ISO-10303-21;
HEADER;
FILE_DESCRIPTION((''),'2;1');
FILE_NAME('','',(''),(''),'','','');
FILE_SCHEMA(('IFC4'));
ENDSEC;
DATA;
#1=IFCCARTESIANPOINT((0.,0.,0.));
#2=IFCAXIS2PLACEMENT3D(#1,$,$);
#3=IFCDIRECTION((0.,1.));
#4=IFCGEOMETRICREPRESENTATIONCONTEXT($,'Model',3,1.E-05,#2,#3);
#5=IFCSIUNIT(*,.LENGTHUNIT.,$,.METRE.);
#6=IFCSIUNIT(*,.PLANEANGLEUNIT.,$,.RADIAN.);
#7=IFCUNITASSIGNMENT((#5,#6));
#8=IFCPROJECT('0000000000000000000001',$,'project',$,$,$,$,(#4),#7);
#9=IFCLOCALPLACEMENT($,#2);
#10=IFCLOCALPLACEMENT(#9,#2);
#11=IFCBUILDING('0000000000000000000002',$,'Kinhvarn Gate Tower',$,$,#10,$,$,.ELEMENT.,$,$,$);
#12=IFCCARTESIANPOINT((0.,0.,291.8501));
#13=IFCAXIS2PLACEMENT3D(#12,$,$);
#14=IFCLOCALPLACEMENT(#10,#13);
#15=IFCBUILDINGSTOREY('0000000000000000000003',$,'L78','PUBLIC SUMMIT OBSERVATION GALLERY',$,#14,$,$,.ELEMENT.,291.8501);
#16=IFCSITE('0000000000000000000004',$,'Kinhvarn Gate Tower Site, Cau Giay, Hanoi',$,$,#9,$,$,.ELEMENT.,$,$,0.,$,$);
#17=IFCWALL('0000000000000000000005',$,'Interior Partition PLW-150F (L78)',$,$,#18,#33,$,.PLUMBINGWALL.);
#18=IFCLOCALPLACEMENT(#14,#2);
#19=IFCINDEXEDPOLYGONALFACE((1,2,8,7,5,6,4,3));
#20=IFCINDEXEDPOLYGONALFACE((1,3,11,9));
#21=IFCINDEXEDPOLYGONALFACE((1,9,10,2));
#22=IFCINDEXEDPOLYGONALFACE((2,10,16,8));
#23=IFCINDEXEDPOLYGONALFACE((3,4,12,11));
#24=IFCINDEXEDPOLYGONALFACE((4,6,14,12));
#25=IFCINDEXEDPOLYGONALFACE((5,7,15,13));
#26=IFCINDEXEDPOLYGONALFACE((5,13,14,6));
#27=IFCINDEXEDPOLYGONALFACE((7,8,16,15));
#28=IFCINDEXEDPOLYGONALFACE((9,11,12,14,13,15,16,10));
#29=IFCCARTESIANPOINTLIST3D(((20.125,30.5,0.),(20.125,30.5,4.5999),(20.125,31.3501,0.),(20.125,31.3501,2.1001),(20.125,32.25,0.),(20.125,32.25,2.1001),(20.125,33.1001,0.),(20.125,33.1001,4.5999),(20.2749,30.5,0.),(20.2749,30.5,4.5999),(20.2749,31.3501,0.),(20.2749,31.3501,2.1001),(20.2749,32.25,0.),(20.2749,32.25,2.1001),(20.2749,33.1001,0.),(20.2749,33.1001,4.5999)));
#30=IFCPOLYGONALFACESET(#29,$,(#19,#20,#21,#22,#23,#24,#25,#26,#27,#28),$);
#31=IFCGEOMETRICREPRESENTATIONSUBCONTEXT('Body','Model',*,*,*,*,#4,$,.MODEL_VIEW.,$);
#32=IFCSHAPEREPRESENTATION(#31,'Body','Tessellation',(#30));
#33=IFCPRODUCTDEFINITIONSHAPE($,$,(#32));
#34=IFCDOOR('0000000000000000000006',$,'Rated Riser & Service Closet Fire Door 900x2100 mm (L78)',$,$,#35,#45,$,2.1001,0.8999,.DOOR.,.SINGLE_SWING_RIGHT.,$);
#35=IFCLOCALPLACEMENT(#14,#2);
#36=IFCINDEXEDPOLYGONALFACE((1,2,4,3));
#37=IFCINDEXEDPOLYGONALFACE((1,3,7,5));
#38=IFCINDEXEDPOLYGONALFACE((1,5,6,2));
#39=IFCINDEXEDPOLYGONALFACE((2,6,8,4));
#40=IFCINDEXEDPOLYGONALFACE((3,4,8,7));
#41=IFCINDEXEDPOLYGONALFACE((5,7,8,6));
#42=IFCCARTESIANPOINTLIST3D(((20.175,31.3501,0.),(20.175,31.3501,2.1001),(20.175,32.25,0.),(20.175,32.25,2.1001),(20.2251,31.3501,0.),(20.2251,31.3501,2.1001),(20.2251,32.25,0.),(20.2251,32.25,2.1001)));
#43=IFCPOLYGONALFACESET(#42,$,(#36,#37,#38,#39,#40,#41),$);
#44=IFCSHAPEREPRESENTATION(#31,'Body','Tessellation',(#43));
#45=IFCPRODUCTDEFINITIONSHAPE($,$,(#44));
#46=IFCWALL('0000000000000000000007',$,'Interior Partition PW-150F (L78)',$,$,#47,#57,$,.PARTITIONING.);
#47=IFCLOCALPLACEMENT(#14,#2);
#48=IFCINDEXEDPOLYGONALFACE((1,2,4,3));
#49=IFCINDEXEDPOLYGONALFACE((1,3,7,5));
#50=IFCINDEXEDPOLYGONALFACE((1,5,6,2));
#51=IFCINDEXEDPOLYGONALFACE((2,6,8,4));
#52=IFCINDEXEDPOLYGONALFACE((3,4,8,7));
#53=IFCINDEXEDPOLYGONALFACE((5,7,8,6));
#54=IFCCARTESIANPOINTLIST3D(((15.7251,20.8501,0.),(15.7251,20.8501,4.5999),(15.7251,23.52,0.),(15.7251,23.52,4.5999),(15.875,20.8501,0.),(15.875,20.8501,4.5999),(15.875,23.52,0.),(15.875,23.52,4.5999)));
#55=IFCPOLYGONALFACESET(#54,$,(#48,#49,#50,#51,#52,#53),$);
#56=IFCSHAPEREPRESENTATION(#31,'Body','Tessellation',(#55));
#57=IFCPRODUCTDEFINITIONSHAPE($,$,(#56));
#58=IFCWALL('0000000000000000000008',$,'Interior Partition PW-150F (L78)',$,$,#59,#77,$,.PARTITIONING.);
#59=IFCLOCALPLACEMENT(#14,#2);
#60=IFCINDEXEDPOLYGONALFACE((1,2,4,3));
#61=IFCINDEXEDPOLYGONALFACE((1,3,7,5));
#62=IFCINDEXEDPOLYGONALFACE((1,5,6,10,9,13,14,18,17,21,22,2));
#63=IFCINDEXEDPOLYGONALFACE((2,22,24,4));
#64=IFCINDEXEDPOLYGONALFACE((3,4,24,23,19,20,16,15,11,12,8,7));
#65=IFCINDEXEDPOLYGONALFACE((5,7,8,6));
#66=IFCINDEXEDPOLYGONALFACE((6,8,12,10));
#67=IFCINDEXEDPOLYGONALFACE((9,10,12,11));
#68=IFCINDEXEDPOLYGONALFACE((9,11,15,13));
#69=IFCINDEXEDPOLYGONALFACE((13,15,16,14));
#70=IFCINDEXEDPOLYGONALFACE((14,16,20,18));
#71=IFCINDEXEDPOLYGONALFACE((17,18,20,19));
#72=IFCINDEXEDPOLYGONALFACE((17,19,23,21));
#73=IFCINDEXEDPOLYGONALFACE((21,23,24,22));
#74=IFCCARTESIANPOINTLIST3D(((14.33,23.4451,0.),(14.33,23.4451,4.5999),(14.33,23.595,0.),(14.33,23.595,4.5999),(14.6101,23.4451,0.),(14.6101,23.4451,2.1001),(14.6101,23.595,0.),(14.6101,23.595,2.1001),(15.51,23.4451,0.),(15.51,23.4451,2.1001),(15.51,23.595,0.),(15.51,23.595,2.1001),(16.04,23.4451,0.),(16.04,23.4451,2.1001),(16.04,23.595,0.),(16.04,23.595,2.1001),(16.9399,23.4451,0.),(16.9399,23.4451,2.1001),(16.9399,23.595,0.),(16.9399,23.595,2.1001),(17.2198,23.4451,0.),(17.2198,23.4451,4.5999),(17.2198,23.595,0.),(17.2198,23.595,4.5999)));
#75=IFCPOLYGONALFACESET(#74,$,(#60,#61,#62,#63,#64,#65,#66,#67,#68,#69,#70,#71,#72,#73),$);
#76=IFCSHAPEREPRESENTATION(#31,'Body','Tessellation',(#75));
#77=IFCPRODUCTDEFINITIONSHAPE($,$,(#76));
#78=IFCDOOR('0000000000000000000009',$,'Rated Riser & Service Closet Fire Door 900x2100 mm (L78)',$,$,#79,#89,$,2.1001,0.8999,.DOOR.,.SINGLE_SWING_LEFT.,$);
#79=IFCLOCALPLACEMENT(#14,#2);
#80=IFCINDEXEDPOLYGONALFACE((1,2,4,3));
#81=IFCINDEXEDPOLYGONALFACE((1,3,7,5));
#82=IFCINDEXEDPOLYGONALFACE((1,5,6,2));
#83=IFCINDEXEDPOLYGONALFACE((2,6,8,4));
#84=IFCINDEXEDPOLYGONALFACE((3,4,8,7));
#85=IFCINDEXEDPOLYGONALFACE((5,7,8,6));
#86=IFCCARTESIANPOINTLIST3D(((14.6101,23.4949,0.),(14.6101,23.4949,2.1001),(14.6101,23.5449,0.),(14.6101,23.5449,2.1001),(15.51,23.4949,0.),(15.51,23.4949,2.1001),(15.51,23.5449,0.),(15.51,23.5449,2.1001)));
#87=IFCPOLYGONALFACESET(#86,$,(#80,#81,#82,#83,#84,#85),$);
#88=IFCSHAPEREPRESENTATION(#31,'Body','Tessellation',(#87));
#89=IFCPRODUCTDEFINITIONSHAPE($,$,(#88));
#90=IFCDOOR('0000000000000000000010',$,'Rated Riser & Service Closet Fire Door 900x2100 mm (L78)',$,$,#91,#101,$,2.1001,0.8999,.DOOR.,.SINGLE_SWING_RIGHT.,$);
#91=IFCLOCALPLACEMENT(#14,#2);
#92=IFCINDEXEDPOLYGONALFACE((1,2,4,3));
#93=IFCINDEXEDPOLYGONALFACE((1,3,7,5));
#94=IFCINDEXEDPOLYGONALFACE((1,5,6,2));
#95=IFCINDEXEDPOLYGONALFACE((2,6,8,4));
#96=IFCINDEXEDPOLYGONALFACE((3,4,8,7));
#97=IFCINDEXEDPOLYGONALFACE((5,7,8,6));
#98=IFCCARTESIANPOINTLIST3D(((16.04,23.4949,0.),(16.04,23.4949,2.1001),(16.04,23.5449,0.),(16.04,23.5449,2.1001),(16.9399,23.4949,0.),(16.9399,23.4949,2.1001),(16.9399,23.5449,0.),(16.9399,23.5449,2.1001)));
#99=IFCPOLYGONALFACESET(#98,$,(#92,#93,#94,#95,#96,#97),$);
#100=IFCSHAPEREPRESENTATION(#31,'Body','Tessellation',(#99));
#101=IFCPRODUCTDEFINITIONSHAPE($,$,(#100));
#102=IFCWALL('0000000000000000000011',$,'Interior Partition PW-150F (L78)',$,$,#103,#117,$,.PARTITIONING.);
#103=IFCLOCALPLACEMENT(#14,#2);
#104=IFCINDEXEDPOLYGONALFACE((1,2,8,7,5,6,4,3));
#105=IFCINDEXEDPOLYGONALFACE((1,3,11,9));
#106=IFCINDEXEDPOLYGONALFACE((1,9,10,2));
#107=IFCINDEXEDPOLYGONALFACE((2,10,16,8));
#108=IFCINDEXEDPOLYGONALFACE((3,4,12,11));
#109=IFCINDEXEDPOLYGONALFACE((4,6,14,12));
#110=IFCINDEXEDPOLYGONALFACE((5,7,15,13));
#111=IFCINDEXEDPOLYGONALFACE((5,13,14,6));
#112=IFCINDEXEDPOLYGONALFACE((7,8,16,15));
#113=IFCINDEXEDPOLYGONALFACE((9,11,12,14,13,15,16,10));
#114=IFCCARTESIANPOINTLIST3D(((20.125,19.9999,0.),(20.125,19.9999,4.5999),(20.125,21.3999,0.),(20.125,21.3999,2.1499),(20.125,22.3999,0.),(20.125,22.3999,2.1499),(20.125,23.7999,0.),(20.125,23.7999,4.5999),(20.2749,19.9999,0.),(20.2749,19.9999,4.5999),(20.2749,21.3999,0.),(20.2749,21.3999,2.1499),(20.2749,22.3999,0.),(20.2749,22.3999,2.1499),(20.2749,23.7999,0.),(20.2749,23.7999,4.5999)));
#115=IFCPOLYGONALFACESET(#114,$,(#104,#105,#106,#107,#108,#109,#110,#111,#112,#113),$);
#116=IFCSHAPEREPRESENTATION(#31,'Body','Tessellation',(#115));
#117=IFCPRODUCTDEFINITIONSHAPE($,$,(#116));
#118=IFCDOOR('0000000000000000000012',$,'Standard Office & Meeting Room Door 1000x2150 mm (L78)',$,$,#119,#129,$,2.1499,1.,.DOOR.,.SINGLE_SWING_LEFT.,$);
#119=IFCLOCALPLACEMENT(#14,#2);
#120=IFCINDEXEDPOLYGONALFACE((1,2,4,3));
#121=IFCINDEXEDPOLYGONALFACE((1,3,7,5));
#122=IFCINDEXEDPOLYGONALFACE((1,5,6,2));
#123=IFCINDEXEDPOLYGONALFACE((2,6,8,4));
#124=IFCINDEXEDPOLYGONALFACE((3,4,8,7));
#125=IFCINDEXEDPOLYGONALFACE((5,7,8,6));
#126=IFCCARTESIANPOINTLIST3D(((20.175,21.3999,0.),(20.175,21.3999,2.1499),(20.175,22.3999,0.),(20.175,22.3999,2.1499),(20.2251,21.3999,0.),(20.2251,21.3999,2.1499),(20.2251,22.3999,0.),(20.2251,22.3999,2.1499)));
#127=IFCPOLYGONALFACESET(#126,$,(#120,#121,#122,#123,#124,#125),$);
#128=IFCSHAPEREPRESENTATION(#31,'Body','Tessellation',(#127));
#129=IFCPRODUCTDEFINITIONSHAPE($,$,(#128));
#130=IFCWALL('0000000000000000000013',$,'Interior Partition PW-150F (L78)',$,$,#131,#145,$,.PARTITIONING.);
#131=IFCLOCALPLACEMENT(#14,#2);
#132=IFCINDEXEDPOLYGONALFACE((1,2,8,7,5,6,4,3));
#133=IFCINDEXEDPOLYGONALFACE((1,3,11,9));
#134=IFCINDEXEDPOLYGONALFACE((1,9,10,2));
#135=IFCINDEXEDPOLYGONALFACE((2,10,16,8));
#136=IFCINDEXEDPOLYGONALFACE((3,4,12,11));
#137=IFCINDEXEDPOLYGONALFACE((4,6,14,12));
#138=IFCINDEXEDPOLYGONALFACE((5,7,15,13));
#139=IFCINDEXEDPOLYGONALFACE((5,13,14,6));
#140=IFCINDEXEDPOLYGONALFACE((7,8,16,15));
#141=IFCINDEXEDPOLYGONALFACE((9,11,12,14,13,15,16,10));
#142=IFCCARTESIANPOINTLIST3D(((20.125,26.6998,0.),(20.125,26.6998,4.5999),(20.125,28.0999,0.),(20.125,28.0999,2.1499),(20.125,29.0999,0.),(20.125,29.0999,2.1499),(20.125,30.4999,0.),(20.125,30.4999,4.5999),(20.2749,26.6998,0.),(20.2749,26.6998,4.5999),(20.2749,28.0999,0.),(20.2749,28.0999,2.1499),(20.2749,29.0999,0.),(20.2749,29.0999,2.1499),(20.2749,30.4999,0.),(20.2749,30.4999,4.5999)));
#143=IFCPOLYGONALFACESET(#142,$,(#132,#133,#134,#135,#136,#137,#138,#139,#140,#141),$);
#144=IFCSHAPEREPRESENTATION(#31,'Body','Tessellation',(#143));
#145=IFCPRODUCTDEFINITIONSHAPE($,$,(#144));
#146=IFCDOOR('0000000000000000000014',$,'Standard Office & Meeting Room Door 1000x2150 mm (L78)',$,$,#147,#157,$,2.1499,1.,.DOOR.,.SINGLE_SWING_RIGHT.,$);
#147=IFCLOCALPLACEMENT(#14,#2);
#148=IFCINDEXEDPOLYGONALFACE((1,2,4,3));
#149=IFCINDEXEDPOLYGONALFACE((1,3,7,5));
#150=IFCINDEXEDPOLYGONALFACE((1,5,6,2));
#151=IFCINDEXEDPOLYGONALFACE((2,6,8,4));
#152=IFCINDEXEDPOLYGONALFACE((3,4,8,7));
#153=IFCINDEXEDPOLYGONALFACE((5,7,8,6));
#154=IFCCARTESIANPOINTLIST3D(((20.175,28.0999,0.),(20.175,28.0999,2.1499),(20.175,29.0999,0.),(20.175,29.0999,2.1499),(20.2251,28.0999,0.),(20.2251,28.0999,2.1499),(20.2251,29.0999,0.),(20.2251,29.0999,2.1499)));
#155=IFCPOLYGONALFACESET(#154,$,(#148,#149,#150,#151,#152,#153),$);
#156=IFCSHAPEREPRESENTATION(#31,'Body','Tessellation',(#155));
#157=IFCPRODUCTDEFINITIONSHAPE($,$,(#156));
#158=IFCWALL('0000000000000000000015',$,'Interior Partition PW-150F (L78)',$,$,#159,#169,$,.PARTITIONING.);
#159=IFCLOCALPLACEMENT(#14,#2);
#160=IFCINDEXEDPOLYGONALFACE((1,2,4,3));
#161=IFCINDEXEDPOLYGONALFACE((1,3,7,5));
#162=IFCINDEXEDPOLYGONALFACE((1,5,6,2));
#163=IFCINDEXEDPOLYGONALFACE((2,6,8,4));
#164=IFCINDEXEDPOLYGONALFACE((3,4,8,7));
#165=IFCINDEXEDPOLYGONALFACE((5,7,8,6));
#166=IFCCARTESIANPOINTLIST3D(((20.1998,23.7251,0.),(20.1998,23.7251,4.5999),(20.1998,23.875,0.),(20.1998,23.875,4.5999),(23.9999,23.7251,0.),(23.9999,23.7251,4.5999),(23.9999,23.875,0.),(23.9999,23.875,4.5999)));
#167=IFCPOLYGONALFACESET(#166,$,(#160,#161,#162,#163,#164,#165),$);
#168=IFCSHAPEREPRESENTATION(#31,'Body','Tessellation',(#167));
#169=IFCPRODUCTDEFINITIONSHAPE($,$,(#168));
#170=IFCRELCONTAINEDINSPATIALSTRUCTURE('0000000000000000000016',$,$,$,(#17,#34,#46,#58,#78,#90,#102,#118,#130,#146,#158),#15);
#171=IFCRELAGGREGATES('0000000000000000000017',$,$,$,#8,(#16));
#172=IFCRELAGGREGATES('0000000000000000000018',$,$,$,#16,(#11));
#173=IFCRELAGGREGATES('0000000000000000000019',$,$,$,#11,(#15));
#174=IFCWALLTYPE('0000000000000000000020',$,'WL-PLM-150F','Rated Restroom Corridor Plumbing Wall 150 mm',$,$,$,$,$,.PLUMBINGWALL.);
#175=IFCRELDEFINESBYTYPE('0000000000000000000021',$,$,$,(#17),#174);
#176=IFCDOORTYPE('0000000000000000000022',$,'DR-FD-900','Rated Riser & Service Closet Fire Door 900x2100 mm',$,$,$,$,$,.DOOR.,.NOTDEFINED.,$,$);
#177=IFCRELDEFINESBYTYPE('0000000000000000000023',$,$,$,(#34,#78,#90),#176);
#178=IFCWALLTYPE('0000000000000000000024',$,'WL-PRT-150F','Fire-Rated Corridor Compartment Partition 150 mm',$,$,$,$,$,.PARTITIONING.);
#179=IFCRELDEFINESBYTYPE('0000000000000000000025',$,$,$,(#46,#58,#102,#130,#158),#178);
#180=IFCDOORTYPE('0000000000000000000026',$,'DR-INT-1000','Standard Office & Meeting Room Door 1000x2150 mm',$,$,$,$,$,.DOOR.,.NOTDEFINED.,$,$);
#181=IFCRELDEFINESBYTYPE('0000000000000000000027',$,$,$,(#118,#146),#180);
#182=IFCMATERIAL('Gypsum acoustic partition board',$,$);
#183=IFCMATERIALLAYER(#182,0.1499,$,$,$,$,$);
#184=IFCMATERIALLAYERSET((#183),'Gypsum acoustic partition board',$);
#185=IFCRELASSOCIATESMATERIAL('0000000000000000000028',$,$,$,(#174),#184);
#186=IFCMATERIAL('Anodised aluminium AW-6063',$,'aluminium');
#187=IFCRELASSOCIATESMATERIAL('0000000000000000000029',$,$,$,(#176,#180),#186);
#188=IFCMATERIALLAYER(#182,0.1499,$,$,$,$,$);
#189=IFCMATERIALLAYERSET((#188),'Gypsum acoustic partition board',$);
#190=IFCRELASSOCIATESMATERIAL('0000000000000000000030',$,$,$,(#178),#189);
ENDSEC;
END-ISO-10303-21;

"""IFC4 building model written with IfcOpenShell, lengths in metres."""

from ifc_helpers import new_model, si_unit, direction, frame, frame_2d, origin, place, context, subcontext, project, spatial, rectangle, extrude, material, layer, layer_set, type_object, element, fill, save


model = new_model("IFC4")

# Units and contexts
model_context = context("Model", 3, precision=1e-05, world=origin(), true_north=direction((0.0, 1.0)))
body_context = subcontext(model_context, "Body", "Model", "MODEL_VIEW")
ifc_project = project(units=[si_unit("LENGTHUNIT", "METRE"), si_unit("PLANEANGLEUNIT", "RADIAN")], contexts=[model_context])

# Site, building, storey
site_placement = place(None, origin())
site = spatial("IfcSite", under=ifc_project, at=site_placement, Name="Kinhvarn Gate Tower Site, Cau Giay, Hanoi", CompositionType="ELEMENT", RefElevation=0.0)
building_placement = place(site_placement, origin())
building = spatial("IfcBuilding", under=site, at=building_placement, Name="Kinhvarn Gate Tower", CompositionType="ELEMENT")
storey_placement = place(building_placement, frame((0.0, 0.0, 291.8501)))
storey = spatial("IfcBuildingStorey", under=building, at=storey_placement, Name="L78", Description="PUBLIC SUMMIT OBSERVATION GALLERY", CompositionType="ELEMENT", Elevation=291.8501)

# Shared definitions
ifc_material_1 = material(Name="Anodised aluminium AW-6063", Category="aluminium")

# Shared definitions
ifc_material_2 = material(Name="Gypsum acoustic partition board")

# Wall, opening, door
ifc_layer_1 = layer(ifc_material_2, 0.1499)
ifc_layer_set_1 = layer_set([ifc_layer_1], Name="Gypsum acoustic partition board")
wall_type_1 = type_object("IfcWallType", Name="WL-PLM-150F", Description="Rated Restroom Corridor Plumbing Wall 150 mm", PredefinedType="PLUMBINGWALL", material=ifc_layer_set_1)
door_type_1 = type_object("IfcDoorType", Name="DR-FD-900", Description="Rated Riser & Service Closet Fire Door 900x2100 mm", OperationType="NOTDEFINED", PredefinedType="DOOR", material=ifc_material_1)
wall_1_placement = place(storey_placement, frame((20.2, 30.5, 0.0), z_axis=(0.0, 0.0, 1.0), x_axis=(0.0, 1.0, 0.0)))
wall_1 = element("IfcWall", 1, at=wall_1_placement, inside=storey, type_object=wall_type_1, Name="Interior Partition PLW-150F (L78)", PredefinedType="PLUMBINGWALL", context=body_context, shape_type="SweptSolid", body=[
    extrude(rectangle(XDim=2.6001, YDim=0.1499, at=frame_2d((1.3, 0.0))), origin(), (0.0, 0.0, 1.0), 4.5999),
])
opening_1_placement = place(wall_1_placement, frame((0.8501, 0.0, 0.0)))
opening_1 = element("IfcOpeningElement", 2, at=opening_1_placement, cuts=wall_1, PredefinedType="OPENING", context=body_context, shape_type="SweptSolid", body=[
    extrude(rectangle(XDim=0.8999, YDim=2.1001, at=frame_2d((0.45, 1.05))), frame((0.0, 0.085, 0.0), z_axis=(0.0, -1.0, 0.0), x_axis=(1.0, 0.0, 0.0)), (0.0, 0.0, 1.0), 0.1699),
])
door_1_placement = place(opening_1_placement, origin())
door_1 = element("IfcDoor", 3, at=door_1_placement, inside=storey, type_object=door_type_1, Name="Rated Riser & Service Closet Fire Door 900x2100 mm (L78)", OperationType="SINGLE_SWING_RIGHT", OverallHeight=2.1001, OverallWidth=0.8999, PredefinedType="DOOR", context=body_context, shape_type="SweptSolid", body=[
    extrude(rectangle(XDim=0.8999, YDim=2.1001, at=frame_2d((0.45, 1.05))), frame((0.0, 0.0249, 0.0), z_axis=(0.0, -1.0, 0.0), x_axis=(1.0, 0.0, 0.0)), (0.0, 0.0, 1.0), 0.05),
])
fill(opening_1, door_1)

# Wall
ifc_layer_2 = layer(ifc_material_2, 0.1499)
ifc_layer_set_2 = layer_set([ifc_layer_2], Name="Gypsum acoustic partition board")
wall_type_2 = type_object("IfcWallType", Name="WL-PRT-150F", Description="Fire-Rated Corridor Compartment Partition 150 mm", PredefinedType="PARTITIONING", material=ifc_layer_set_2)
wall_2_placement = place(storey_placement, frame((15.8, 20.8501, 0.0), z_axis=(0.0, 0.0, 1.0), x_axis=(0.0, 1.0, 0.0)))
element("IfcWall", 4, at=wall_2_placement, inside=storey, type_object=wall_type_2, Name="Interior Partition PW-150F (L78)", PredefinedType="PARTITIONING", context=body_context, shape_type="SweptSolid", body=[
    extrude(rectangle(XDim=2.6699, YDim=0.1499, at=frame_2d((1.335, 0.0))), origin(), (0.0, 0.0, 1.0), 4.5999),
])

# Wall, openings, doors
wall_3_placement = place(storey_placement, frame((14.3301, 23.52, 0.0), z_axis=(0.0, 0.0, 1.0), x_axis=(1.0, 0.0, 0.0)))
wall_3 = element("IfcWall", 5, at=wall_3_placement, inside=storey, type_object=wall_type_2, Name="Interior Partition PW-150F (L78)", PredefinedType="PARTITIONING", context=body_context, shape_type="SweptSolid", body=[
    extrude(rectangle(XDim=2.8899, YDim=0.1499, at=frame_2d((1.4448, 0.0))), origin(), (0.0, 0.0, 1.0), 4.5999),
])
opening_2_placement = place(wall_3_placement, frame((0.28, 0.0, 0.0)))
opening_2 = element("IfcOpeningElement", 6, at=opening_2_placement, cuts=wall_3, PredefinedType="OPENING", context=body_context, shape_type="SweptSolid", body=[
    extrude(rectangle(XDim=0.8999, YDim=2.1001, at=frame_2d((0.45, 1.05))), frame((0.0, 0.085, 0.0), z_axis=(0.0, -1.0, 0.0), x_axis=(1.0, 0.0, 0.0)), (0.0, 0.0, 1.0), 0.1699),
])
opening_3_placement = place(wall_3_placement, frame((1.71, 0.0, 0.0)))
opening_3 = element("IfcOpeningElement", 7, at=opening_3_placement, cuts=wall_3, PredefinedType="OPENING", context=body_context, shape_type="SweptSolid", body=[
    extrude(rectangle(XDim=0.8999, YDim=2.1001, at=frame_2d((0.45, 1.05))), frame((0.0, 0.085, 0.0), z_axis=(0.0, -1.0, 0.0), x_axis=(1.0, 0.0, 0.0)), (0.0, 0.0, 1.0), 0.1699),
])
door_2_placement = place(opening_2_placement, origin())
door_2 = element("IfcDoor", 8, at=door_2_placement, inside=storey, type_object=door_type_1, Name="Rated Riser & Service Closet Fire Door 900x2100 mm (L78)", OperationType="SINGLE_SWING_LEFT", OverallHeight=2.1001, OverallWidth=0.8999, PredefinedType="DOOR", context=body_context, shape_type="SweptSolid", body=[
    extrude(rectangle(XDim=0.8999, YDim=2.1001, at=frame_2d((0.45, 1.05))), frame((0.0, 0.0249, 0.0), z_axis=(0.0, -1.0, 0.0), x_axis=(1.0, 0.0, 0.0)), (0.0, 0.0, 1.0), 0.05),
])
fill(opening_2, door_2)
door_3_placement = place(opening_3_placement, origin())
door_3 = element("IfcDoor", 9, at=door_3_placement, inside=storey, type_object=door_type_1, Name="Rated Riser & Service Closet Fire Door 900x2100 mm (L78)", OperationType="SINGLE_SWING_RIGHT", OverallHeight=2.1001, OverallWidth=0.8999, PredefinedType="DOOR", context=body_context, shape_type="SweptSolid", body=[
    extrude(rectangle(XDim=0.8999, YDim=2.1001, at=frame_2d((0.45, 1.05))), frame((0.0, 0.0249, 0.0), z_axis=(0.0, -1.0, 0.0), x_axis=(1.0, 0.0, 0.0)), (0.0, 0.0, 1.0), 0.05),
])
fill(opening_3, door_3)

# Walls, openings, doors
wall_4_placement = place(storey_placement, frame((20.2, 20.0, 0.0), z_axis=(0.0, 0.0, 1.0), x_axis=(0.0, 1.0, 0.0)))
wall_4 = element("IfcWall", 10, at=wall_4_placement, inside=storey, type_object=wall_type_2, Name="Interior Partition PW-150F (L78)", PredefinedType="PARTITIONING", context=body_context, shape_type="SweptSolid", body=[
    extrude(rectangle(XDim=3.8, YDim=0.1499, at=frame_2d((1.8999, 0.0))), origin(), (0.0, 0.0, 1.0), 4.5999),
])
opening_4_placement = place(wall_4_placement, frame((1.3999, 0.0, 0.0)))
opening_4 = element("IfcOpeningElement", 11, at=opening_4_placement, cuts=wall_4, PredefinedType="OPENING", context=body_context, shape_type="SweptSolid", body=[
    extrude(rectangle(XDim=1.0, YDim=2.1499, at=frame_2d((0.5, 1.075))), frame((0.0, 0.085, 0.0), z_axis=(0.0, -1.0, 0.0), x_axis=(1.0, 0.0, 0.0)), (0.0, 0.0, 1.0), 0.1699),
])
door_type_2 = type_object("IfcDoorType", Name="DR-INT-1000", Description="Standard Office & Meeting Room Door 1000x2150 mm", OperationType="NOTDEFINED", PredefinedType="DOOR", material=ifc_material_1)
door_4_placement = place(opening_4_placement, origin())
door_4 = element("IfcDoor", 12, at=door_4_placement, inside=storey, type_object=door_type_2, Name="Standard Office & Meeting Room Door 1000x2150 mm (L78)", OperationType="SINGLE_SWING_LEFT", OverallHeight=2.1499, OverallWidth=1.0, PredefinedType="DOOR", context=body_context, shape_type="SweptSolid", body=[
    extrude(rectangle(XDim=1.0, YDim=2.1499, at=frame_2d((0.5, 1.075))), frame((0.0, 0.0249, 0.0), z_axis=(0.0, -1.0, 0.0), x_axis=(1.0, 0.0, 0.0)), (0.0, 0.0, 1.0), 0.05),
])
fill(opening_4, door_4)
wall_5_placement = place(storey_placement, frame((20.2, 26.7, 0.0), z_axis=(0.0, 0.0, 1.0), x_axis=(0.0, 1.0, 0.0)))
wall_5 = element("IfcWall", 13, at=wall_5_placement, inside=storey, type_object=wall_type_2, Name="Interior Partition PW-150F (L78)", PredefinedType="PARTITIONING", context=body_context, shape_type="SweptSolid", body=[
    extrude(rectangle(XDim=3.8, YDim=0.1499, at=frame_2d((1.8999, 0.0))), origin(), (0.0, 0.0, 1.0), 4.5999),
])
opening_5_placement = place(wall_5_placement, frame((1.3999, 0.0, 0.0)))
opening_5 = element("IfcOpeningElement", 14, at=opening_5_placement, cuts=wall_5, PredefinedType="OPENING", context=body_context, shape_type="SweptSolid", body=[
    extrude(rectangle(XDim=1.0, YDim=2.1499, at=frame_2d((0.5, 1.075))), frame((0.0, 0.085, 0.0), z_axis=(0.0, -1.0, 0.0), x_axis=(1.0, 0.0, 0.0)), (0.0, 0.0, 1.0), 0.1699),
])
door_5_placement = place(opening_5_placement, origin())
door_5 = element("IfcDoor", 15, at=door_5_placement, inside=storey, type_object=door_type_2, Name="Standard Office & Meeting Room Door 1000x2150 mm (L78)", OperationType="SINGLE_SWING_RIGHT", OverallHeight=2.1499, OverallWidth=1.0, PredefinedType="DOOR", context=body_context, shape_type="SweptSolid", body=[
    extrude(rectangle(XDim=1.0, YDim=2.1499, at=frame_2d((0.5, 1.075))), frame((0.0, 0.0249, 0.0), z_axis=(0.0, -1.0, 0.0), x_axis=(1.0, 0.0, 0.0)), (0.0, 0.0, 1.0), 0.05),
])
fill(opening_5, door_5)

# Wall
for number, where, z_axis, x_axis, name in (
    (16, (20.2, 23.8, 0.0), (0.0, 0.0, 1.0), (1.0, 0.0, 0.0), "Interior Partition PW-150F (L78)"),
):
    element("IfcWall", number, at=place(storey_placement, frame(where, z_axis=z_axis, x_axis=x_axis)), inside=storey, type_object=wall_type_2, Name=name, PredefinedType="PARTITIONING", context=body_context, shape_type="SweptSolid", body=[
        extrude(rectangle(XDim=3.8, YDim=0.1499, at=frame_2d((1.8999, 0.0))), origin(), (0.0, 0.0, 1.0), 4.5999),
    ])

save(model, "model.ifc")
